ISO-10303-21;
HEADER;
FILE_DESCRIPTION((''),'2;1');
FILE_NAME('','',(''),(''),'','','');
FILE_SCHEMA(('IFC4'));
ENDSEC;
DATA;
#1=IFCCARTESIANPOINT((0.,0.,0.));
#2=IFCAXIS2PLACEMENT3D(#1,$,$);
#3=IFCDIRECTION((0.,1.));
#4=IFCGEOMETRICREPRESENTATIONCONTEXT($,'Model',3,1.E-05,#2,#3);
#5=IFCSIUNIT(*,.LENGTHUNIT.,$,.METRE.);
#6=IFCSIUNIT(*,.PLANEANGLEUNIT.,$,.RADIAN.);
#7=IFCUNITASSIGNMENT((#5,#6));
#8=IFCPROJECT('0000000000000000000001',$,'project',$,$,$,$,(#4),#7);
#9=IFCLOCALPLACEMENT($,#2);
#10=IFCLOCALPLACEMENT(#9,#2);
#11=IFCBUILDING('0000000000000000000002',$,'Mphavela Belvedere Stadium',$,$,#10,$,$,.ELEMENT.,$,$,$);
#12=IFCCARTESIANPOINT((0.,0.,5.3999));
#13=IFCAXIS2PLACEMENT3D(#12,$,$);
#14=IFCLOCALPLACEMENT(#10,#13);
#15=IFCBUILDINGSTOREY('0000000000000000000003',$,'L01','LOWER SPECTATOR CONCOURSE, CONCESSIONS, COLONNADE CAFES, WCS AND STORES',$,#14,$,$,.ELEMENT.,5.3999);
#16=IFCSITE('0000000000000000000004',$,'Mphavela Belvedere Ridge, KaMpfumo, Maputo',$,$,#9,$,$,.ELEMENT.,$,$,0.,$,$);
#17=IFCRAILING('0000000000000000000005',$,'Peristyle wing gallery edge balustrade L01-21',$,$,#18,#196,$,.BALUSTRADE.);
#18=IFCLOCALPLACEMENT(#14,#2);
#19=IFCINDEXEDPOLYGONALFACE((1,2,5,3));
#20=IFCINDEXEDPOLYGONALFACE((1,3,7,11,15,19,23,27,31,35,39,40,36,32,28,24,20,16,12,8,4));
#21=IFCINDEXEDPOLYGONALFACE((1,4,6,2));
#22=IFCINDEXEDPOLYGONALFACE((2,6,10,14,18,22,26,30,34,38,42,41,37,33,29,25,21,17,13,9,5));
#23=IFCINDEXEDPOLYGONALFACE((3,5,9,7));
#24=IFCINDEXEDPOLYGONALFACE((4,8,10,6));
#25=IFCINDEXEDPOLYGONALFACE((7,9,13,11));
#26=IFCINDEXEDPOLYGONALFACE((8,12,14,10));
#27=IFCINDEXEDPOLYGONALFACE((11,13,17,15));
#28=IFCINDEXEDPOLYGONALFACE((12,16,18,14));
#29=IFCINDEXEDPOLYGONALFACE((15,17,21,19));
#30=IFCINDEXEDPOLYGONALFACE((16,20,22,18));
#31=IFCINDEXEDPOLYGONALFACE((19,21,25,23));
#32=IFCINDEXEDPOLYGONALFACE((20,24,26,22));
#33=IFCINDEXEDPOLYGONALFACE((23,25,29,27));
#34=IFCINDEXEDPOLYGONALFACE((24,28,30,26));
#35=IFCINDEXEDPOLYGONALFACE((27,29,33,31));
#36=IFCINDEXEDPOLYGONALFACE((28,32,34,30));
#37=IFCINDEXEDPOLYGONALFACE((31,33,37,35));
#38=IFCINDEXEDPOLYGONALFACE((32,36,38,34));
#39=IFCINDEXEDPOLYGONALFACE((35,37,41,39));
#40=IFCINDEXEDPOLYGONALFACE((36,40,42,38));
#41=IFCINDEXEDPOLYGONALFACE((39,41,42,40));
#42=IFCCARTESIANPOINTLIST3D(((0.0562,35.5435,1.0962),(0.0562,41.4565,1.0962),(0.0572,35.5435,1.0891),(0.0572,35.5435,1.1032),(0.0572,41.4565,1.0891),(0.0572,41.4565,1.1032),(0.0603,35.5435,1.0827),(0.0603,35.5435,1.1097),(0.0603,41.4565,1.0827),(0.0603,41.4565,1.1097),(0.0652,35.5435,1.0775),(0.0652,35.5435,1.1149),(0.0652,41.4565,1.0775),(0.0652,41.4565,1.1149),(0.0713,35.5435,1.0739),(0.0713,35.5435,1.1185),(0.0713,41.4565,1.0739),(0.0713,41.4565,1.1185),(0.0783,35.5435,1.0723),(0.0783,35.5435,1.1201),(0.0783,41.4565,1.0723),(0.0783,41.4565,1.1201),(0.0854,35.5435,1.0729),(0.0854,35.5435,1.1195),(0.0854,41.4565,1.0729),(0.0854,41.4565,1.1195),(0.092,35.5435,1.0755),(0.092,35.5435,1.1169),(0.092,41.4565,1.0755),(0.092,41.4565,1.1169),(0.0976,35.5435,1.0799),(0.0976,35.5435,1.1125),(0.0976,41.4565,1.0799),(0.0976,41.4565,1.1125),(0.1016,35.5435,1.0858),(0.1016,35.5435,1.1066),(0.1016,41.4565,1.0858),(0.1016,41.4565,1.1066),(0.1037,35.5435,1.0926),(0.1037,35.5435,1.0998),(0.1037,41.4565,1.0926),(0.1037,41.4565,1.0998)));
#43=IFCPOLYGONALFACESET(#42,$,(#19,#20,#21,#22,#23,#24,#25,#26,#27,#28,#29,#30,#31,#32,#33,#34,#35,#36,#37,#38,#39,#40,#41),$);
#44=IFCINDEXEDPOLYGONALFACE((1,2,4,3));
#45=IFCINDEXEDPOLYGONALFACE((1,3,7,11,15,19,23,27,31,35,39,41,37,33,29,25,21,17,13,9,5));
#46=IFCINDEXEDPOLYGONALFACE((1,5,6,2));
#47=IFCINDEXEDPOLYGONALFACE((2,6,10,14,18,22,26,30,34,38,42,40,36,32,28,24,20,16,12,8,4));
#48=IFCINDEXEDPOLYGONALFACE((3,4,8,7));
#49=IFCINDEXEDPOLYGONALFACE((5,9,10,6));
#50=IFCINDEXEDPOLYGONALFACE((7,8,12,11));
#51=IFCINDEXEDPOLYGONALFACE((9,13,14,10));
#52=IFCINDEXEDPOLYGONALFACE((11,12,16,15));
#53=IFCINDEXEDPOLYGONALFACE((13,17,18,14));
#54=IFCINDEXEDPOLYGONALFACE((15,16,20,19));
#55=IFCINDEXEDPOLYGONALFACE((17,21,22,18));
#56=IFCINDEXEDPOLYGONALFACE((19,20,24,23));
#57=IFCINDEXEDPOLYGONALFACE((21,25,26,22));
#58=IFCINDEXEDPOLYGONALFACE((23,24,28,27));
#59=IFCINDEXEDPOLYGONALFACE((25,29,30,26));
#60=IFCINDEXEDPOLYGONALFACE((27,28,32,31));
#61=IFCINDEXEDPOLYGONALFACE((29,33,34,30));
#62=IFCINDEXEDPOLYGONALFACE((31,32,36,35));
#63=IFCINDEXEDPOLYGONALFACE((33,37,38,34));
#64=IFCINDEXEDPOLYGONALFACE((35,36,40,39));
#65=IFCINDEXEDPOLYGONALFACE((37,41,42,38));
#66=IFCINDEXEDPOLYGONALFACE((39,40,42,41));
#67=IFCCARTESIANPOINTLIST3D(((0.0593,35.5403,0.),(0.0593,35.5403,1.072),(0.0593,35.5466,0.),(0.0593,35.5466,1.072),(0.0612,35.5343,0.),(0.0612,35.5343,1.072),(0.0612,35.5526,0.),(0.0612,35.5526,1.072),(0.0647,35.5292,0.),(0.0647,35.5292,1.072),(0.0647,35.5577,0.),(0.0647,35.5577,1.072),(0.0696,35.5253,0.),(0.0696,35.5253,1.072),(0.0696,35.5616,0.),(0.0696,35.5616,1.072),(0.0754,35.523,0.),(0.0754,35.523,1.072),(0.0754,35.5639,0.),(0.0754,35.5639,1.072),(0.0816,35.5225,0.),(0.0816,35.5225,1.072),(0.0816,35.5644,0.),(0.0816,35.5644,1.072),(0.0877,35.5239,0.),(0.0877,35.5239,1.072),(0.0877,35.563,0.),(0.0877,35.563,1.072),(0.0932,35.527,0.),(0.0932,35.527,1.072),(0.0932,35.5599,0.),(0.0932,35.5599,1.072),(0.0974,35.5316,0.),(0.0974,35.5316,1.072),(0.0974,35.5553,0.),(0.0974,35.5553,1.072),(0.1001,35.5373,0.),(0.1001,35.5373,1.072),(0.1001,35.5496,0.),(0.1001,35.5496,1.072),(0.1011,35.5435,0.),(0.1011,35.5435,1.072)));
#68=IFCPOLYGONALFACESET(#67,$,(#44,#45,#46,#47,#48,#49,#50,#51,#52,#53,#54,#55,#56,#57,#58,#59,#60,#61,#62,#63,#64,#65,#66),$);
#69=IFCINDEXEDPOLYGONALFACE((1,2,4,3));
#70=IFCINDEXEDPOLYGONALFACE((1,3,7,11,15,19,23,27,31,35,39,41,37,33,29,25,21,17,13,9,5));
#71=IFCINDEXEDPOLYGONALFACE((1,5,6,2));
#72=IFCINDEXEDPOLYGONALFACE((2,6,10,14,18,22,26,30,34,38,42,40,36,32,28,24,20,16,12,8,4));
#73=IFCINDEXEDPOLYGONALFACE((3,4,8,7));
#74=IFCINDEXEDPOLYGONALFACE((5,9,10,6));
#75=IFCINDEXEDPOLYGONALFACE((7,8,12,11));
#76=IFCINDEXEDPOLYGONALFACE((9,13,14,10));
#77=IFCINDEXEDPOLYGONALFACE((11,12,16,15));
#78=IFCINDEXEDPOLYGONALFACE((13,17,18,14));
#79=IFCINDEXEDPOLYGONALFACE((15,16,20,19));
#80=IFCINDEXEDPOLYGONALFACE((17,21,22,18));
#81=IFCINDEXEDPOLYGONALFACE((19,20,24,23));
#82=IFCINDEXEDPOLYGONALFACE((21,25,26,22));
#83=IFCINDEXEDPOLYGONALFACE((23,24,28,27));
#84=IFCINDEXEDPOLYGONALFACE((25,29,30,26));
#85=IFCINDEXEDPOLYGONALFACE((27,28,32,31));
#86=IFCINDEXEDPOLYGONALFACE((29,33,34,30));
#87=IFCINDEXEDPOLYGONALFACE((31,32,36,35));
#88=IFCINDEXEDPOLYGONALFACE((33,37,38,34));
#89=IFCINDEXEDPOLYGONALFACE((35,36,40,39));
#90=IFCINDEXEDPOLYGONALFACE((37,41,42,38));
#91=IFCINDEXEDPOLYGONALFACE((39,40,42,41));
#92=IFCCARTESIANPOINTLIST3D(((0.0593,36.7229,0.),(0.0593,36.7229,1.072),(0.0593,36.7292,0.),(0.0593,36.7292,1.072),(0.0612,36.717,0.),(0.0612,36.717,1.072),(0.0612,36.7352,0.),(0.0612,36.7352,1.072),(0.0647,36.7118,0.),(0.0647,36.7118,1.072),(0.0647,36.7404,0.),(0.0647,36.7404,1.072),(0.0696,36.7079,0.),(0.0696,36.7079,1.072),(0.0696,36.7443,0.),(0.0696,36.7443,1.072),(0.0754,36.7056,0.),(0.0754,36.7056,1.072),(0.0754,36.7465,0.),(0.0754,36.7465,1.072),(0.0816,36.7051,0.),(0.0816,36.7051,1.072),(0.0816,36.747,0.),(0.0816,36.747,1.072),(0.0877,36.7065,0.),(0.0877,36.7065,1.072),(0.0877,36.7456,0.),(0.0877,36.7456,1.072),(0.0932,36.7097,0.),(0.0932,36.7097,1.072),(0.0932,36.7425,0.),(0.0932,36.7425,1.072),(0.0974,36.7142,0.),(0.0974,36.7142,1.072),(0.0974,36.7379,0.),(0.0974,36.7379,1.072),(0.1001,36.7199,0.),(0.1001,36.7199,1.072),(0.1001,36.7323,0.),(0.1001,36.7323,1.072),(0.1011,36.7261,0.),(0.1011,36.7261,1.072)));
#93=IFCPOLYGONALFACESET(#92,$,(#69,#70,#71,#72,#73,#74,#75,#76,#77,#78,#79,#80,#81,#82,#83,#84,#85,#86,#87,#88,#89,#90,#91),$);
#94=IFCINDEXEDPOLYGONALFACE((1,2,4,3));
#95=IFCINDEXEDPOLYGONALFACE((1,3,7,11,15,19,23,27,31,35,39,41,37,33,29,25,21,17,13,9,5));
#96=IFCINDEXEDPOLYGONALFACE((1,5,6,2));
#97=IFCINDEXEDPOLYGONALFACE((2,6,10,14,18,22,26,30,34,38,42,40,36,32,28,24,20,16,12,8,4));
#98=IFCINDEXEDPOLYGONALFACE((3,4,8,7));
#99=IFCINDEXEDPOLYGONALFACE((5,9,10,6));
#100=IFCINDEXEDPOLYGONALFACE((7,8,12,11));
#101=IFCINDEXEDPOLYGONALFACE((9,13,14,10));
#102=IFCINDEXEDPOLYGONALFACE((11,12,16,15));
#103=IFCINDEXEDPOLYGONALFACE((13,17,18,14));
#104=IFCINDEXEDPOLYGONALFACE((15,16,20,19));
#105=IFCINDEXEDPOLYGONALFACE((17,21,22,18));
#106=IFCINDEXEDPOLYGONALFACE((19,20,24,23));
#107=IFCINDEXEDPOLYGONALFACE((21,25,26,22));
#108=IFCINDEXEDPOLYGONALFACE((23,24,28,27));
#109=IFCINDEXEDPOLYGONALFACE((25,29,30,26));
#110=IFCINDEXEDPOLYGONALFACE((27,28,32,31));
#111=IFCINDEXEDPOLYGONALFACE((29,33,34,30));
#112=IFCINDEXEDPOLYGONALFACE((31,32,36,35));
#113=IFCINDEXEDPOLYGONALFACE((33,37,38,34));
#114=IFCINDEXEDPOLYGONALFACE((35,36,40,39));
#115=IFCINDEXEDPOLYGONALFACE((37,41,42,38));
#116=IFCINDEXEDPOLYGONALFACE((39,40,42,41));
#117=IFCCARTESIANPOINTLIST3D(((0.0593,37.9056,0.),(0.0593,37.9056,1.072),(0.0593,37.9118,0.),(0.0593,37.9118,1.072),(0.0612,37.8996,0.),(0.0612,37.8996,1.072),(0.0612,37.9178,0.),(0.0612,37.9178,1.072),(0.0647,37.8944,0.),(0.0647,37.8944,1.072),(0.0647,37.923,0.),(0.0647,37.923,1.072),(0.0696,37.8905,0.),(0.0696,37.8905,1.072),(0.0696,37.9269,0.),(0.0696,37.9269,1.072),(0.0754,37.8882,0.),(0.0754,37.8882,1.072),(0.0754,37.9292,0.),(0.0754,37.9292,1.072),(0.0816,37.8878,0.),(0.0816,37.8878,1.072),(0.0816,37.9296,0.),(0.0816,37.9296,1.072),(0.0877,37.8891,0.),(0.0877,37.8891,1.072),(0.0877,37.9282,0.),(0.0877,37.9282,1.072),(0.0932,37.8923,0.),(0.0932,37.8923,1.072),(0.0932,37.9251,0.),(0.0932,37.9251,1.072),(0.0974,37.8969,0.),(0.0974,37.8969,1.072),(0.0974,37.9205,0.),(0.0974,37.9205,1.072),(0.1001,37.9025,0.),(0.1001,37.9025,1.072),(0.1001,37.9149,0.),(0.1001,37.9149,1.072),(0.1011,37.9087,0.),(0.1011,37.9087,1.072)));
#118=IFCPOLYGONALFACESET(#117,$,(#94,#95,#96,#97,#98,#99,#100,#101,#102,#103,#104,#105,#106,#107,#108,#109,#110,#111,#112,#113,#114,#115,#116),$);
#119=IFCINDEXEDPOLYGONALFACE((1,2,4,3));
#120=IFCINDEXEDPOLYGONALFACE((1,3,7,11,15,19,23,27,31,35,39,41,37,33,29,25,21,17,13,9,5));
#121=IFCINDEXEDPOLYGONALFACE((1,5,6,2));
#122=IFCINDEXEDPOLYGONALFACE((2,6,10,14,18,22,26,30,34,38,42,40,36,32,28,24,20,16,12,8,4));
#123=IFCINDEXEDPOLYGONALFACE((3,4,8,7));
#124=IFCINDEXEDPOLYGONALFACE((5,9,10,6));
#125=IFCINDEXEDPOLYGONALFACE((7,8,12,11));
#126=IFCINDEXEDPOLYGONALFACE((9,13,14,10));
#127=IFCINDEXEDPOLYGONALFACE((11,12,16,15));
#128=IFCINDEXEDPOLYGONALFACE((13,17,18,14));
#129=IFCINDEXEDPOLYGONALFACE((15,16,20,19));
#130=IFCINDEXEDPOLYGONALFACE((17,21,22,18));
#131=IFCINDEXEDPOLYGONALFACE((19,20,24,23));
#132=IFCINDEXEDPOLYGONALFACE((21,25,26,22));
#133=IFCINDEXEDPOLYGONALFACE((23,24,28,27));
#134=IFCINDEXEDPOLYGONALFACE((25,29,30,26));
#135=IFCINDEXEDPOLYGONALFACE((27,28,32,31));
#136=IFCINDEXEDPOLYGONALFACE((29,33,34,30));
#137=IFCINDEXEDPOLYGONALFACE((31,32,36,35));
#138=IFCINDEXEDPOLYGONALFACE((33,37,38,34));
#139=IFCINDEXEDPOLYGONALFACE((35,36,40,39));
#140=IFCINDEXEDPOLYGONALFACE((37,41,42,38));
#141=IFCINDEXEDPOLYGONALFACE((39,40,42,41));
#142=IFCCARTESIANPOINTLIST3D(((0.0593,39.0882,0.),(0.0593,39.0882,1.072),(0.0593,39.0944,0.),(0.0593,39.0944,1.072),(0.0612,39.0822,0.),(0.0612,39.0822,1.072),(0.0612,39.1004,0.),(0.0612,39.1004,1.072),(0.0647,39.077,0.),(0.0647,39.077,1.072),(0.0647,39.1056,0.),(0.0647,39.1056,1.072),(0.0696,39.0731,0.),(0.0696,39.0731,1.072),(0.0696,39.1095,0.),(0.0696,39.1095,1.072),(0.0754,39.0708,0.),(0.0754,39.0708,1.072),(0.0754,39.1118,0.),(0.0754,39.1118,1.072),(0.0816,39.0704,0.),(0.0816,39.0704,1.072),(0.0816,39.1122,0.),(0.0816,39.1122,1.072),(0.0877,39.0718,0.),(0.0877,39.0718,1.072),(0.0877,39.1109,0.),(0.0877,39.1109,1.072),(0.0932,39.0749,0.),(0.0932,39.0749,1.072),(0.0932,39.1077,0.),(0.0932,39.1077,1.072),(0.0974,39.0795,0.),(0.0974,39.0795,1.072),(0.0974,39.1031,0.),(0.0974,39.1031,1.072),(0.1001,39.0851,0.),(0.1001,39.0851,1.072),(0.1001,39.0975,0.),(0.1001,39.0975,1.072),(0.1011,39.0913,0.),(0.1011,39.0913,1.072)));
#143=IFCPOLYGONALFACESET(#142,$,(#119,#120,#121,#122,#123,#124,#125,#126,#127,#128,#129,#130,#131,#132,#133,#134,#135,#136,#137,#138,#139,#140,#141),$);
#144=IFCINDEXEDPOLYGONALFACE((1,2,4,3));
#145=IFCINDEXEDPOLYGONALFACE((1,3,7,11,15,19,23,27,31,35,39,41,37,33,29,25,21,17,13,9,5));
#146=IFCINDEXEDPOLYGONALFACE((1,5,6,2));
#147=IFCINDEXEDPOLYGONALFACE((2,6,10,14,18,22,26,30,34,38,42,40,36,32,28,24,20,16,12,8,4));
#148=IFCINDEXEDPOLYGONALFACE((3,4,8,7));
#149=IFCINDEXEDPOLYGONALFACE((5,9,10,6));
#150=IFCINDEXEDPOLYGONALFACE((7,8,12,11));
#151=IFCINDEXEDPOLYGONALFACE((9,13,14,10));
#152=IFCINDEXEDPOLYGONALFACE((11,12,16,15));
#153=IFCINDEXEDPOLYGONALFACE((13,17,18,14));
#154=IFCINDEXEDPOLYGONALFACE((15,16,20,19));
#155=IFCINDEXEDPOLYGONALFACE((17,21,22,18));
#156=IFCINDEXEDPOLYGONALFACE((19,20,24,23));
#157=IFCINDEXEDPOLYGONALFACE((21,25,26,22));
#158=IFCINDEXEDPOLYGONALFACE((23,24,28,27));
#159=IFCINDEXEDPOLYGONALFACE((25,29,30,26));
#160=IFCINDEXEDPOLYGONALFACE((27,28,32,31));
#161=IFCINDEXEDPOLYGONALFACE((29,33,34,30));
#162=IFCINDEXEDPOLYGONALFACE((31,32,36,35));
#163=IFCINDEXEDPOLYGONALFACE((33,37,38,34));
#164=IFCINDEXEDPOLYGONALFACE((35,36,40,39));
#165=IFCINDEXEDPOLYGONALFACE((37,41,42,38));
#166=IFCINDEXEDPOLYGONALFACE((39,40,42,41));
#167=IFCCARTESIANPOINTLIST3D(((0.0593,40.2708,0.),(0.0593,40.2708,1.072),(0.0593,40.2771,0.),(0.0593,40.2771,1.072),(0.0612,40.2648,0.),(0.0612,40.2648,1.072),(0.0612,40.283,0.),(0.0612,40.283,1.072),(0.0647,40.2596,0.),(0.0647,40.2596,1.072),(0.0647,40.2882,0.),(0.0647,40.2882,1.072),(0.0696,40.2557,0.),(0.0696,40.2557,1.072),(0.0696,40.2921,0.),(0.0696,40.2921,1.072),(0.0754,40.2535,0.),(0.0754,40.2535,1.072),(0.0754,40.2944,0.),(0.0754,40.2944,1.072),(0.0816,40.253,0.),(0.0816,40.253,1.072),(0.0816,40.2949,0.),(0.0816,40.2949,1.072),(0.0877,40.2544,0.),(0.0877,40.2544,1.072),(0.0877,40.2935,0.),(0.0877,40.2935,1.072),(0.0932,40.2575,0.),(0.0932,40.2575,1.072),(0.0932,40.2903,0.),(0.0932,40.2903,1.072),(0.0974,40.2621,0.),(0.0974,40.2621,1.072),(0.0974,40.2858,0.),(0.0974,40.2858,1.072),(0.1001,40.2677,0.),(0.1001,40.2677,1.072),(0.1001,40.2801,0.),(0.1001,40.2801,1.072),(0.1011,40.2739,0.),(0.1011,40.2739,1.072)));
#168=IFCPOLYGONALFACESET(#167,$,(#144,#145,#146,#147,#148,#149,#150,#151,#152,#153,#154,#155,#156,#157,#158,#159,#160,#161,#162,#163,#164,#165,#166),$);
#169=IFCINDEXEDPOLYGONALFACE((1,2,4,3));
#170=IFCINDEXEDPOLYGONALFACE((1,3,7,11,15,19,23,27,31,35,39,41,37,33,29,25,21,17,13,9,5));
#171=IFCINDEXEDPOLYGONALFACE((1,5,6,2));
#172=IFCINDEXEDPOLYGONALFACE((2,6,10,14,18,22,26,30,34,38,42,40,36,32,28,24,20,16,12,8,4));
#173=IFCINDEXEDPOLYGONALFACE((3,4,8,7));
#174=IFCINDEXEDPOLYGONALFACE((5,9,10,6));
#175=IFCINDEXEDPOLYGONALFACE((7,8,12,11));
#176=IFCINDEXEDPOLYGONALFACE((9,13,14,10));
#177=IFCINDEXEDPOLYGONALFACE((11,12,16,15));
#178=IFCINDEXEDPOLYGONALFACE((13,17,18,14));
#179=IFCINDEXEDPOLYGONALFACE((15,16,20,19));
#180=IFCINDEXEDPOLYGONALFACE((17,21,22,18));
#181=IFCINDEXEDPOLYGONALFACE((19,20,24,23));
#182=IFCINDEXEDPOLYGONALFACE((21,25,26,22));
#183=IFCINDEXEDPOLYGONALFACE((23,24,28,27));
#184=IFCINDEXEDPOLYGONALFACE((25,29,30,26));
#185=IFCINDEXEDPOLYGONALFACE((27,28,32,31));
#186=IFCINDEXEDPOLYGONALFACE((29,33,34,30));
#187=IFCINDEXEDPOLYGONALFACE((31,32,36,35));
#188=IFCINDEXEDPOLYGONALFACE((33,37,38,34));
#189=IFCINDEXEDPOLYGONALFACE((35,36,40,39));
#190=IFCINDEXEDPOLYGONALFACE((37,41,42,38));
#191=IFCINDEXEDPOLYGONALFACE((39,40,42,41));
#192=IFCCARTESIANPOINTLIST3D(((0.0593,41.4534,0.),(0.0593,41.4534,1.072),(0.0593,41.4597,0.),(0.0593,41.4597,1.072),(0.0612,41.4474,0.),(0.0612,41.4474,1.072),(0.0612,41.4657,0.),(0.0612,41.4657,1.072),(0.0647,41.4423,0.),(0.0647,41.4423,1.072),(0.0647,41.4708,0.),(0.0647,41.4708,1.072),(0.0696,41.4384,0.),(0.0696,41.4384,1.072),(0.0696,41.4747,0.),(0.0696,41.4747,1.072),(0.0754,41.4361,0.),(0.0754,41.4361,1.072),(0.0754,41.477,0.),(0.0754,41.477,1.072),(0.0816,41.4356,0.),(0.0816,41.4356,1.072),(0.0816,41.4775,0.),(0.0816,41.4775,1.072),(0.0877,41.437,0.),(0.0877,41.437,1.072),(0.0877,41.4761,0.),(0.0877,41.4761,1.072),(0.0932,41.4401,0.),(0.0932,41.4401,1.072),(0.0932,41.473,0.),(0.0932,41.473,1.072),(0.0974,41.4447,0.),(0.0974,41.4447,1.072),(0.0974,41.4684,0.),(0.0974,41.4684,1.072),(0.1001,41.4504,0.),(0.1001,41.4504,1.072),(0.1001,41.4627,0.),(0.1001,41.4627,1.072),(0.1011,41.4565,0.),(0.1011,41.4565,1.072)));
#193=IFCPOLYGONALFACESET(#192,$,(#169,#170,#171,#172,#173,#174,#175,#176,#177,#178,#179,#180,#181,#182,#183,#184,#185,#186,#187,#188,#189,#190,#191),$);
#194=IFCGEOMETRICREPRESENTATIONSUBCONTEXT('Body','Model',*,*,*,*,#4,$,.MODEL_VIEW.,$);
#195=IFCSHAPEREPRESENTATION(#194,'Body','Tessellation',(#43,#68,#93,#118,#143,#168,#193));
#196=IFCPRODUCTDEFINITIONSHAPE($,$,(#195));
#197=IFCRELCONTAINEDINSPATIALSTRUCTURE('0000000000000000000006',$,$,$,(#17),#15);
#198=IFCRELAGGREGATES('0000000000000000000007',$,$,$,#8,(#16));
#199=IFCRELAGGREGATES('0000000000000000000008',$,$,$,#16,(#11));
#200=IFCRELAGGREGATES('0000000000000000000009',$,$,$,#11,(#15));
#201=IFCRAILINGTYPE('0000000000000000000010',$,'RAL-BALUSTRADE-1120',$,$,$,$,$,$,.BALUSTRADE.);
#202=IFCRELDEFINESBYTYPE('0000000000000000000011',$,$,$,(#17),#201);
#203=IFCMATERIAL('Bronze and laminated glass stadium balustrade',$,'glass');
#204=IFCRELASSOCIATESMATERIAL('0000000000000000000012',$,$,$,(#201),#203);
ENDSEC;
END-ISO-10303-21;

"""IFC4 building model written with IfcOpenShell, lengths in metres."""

from ifc_helpers import new_model, si_unit, direction, frame, origin, origin_2d, place, context, subcontext, project, spatial, circle, extrude, material, type_object, element, save


model = new_model("IFC4")

# Units and contexts
model_context = context("Model", 3, precision=1e-05, world=origin(), true_north=direction((0.0, 1.0)))
body_context = subcontext(model_context, "Body", "Model", "MODEL_VIEW")
ifc_project = project(units=[si_unit("LENGTHUNIT", "METRE"), si_unit("PLANEANGLEUNIT", "RADIAN")], contexts=[model_context])

# Site, building, storey
site_placement = place(None, origin())
site = spatial("IfcSite", under=ifc_project, at=site_placement, Name="Mphavela Belvedere Ridge, KaMpfumo, Maputo", CompositionType="ELEMENT", RefElevation=0.0)
building_placement = place(site_placement, origin())
building = spatial("IfcBuilding", under=site, at=building_placement, Name="Mphavela Belvedere Stadium", CompositionType="ELEMENT")
storey_placement = place(building_placement, frame((0.0, 0.0, 5.3999)))
storey = spatial("IfcBuildingStorey", under=building, at=storey_placement, Name="L01", Description="LOWER SPECTATOR CONCOURSE, CONCESSIONS, COLONNADE CAFES, WCS AND STORES", CompositionType="ELEMENT", Elevation=5.3999)

# Railing
ifc_material_1 = material(Name="Bronze and laminated glass stadium balustrade", Category="glass")
railing_type = type_object("IfcRailingType", Name="RAL-BALUSTRADE-1120", PredefinedType="BALUSTRADE", material=ifc_material_1)
for number, where, name in (
    (1, (0.0801, 35.5435, 0.0), "Peristyle wing gallery edge balustrade L01-21"),
):
    element("IfcRailing", number, at=place(storey_placement, frame(where)), inside=storey, type_object=railing_type, Name=name, PredefinedType="BALUSTRADE", context=body_context, shape_type="SweptSolid", body=[
        extrude(circle(Radius=0.0239, at=origin_2d()), frame((0.0, 0.0, 1.0962), z_axis=(0.0, 1.0, 0.0), x_axis=(-1.0, 0.0, 0.0)), (0.0, 0.0, 1.0), 5.9131),
        extrude(circle(Radius=0.021, at=origin_2d()), origin(), (0.0, 0.0, 1.0), 1.072),
        extrude(circle(Radius=0.021, at=origin_2d()), frame((0.0, 1.1826, 0.0)), (0.0, 0.0, 1.0), 1.072),
        extrude(circle(Radius=0.021, at=origin_2d()), frame((0.0, 2.3652, 0.0)), (0.0, 0.0, 1.0), 1.072),
        extrude(circle(Radius=0.021, at=origin_2d()), frame((0.0, 3.5479, 0.0)), (0.0, 0.0, 1.0), 1.072),
        extrude(circle(Radius=0.021, at=origin_2d()), frame((0.0, 4.7305, 0.0)), (0.0, 0.0, 1.0), 1.072),
        extrude(circle(Radius=0.021, at=origin_2d()), frame((0.0, 5.9131, 0.0)), (0.0, 0.0, 1.0), 1.072),
    ])

save(model, "model.ifc")
